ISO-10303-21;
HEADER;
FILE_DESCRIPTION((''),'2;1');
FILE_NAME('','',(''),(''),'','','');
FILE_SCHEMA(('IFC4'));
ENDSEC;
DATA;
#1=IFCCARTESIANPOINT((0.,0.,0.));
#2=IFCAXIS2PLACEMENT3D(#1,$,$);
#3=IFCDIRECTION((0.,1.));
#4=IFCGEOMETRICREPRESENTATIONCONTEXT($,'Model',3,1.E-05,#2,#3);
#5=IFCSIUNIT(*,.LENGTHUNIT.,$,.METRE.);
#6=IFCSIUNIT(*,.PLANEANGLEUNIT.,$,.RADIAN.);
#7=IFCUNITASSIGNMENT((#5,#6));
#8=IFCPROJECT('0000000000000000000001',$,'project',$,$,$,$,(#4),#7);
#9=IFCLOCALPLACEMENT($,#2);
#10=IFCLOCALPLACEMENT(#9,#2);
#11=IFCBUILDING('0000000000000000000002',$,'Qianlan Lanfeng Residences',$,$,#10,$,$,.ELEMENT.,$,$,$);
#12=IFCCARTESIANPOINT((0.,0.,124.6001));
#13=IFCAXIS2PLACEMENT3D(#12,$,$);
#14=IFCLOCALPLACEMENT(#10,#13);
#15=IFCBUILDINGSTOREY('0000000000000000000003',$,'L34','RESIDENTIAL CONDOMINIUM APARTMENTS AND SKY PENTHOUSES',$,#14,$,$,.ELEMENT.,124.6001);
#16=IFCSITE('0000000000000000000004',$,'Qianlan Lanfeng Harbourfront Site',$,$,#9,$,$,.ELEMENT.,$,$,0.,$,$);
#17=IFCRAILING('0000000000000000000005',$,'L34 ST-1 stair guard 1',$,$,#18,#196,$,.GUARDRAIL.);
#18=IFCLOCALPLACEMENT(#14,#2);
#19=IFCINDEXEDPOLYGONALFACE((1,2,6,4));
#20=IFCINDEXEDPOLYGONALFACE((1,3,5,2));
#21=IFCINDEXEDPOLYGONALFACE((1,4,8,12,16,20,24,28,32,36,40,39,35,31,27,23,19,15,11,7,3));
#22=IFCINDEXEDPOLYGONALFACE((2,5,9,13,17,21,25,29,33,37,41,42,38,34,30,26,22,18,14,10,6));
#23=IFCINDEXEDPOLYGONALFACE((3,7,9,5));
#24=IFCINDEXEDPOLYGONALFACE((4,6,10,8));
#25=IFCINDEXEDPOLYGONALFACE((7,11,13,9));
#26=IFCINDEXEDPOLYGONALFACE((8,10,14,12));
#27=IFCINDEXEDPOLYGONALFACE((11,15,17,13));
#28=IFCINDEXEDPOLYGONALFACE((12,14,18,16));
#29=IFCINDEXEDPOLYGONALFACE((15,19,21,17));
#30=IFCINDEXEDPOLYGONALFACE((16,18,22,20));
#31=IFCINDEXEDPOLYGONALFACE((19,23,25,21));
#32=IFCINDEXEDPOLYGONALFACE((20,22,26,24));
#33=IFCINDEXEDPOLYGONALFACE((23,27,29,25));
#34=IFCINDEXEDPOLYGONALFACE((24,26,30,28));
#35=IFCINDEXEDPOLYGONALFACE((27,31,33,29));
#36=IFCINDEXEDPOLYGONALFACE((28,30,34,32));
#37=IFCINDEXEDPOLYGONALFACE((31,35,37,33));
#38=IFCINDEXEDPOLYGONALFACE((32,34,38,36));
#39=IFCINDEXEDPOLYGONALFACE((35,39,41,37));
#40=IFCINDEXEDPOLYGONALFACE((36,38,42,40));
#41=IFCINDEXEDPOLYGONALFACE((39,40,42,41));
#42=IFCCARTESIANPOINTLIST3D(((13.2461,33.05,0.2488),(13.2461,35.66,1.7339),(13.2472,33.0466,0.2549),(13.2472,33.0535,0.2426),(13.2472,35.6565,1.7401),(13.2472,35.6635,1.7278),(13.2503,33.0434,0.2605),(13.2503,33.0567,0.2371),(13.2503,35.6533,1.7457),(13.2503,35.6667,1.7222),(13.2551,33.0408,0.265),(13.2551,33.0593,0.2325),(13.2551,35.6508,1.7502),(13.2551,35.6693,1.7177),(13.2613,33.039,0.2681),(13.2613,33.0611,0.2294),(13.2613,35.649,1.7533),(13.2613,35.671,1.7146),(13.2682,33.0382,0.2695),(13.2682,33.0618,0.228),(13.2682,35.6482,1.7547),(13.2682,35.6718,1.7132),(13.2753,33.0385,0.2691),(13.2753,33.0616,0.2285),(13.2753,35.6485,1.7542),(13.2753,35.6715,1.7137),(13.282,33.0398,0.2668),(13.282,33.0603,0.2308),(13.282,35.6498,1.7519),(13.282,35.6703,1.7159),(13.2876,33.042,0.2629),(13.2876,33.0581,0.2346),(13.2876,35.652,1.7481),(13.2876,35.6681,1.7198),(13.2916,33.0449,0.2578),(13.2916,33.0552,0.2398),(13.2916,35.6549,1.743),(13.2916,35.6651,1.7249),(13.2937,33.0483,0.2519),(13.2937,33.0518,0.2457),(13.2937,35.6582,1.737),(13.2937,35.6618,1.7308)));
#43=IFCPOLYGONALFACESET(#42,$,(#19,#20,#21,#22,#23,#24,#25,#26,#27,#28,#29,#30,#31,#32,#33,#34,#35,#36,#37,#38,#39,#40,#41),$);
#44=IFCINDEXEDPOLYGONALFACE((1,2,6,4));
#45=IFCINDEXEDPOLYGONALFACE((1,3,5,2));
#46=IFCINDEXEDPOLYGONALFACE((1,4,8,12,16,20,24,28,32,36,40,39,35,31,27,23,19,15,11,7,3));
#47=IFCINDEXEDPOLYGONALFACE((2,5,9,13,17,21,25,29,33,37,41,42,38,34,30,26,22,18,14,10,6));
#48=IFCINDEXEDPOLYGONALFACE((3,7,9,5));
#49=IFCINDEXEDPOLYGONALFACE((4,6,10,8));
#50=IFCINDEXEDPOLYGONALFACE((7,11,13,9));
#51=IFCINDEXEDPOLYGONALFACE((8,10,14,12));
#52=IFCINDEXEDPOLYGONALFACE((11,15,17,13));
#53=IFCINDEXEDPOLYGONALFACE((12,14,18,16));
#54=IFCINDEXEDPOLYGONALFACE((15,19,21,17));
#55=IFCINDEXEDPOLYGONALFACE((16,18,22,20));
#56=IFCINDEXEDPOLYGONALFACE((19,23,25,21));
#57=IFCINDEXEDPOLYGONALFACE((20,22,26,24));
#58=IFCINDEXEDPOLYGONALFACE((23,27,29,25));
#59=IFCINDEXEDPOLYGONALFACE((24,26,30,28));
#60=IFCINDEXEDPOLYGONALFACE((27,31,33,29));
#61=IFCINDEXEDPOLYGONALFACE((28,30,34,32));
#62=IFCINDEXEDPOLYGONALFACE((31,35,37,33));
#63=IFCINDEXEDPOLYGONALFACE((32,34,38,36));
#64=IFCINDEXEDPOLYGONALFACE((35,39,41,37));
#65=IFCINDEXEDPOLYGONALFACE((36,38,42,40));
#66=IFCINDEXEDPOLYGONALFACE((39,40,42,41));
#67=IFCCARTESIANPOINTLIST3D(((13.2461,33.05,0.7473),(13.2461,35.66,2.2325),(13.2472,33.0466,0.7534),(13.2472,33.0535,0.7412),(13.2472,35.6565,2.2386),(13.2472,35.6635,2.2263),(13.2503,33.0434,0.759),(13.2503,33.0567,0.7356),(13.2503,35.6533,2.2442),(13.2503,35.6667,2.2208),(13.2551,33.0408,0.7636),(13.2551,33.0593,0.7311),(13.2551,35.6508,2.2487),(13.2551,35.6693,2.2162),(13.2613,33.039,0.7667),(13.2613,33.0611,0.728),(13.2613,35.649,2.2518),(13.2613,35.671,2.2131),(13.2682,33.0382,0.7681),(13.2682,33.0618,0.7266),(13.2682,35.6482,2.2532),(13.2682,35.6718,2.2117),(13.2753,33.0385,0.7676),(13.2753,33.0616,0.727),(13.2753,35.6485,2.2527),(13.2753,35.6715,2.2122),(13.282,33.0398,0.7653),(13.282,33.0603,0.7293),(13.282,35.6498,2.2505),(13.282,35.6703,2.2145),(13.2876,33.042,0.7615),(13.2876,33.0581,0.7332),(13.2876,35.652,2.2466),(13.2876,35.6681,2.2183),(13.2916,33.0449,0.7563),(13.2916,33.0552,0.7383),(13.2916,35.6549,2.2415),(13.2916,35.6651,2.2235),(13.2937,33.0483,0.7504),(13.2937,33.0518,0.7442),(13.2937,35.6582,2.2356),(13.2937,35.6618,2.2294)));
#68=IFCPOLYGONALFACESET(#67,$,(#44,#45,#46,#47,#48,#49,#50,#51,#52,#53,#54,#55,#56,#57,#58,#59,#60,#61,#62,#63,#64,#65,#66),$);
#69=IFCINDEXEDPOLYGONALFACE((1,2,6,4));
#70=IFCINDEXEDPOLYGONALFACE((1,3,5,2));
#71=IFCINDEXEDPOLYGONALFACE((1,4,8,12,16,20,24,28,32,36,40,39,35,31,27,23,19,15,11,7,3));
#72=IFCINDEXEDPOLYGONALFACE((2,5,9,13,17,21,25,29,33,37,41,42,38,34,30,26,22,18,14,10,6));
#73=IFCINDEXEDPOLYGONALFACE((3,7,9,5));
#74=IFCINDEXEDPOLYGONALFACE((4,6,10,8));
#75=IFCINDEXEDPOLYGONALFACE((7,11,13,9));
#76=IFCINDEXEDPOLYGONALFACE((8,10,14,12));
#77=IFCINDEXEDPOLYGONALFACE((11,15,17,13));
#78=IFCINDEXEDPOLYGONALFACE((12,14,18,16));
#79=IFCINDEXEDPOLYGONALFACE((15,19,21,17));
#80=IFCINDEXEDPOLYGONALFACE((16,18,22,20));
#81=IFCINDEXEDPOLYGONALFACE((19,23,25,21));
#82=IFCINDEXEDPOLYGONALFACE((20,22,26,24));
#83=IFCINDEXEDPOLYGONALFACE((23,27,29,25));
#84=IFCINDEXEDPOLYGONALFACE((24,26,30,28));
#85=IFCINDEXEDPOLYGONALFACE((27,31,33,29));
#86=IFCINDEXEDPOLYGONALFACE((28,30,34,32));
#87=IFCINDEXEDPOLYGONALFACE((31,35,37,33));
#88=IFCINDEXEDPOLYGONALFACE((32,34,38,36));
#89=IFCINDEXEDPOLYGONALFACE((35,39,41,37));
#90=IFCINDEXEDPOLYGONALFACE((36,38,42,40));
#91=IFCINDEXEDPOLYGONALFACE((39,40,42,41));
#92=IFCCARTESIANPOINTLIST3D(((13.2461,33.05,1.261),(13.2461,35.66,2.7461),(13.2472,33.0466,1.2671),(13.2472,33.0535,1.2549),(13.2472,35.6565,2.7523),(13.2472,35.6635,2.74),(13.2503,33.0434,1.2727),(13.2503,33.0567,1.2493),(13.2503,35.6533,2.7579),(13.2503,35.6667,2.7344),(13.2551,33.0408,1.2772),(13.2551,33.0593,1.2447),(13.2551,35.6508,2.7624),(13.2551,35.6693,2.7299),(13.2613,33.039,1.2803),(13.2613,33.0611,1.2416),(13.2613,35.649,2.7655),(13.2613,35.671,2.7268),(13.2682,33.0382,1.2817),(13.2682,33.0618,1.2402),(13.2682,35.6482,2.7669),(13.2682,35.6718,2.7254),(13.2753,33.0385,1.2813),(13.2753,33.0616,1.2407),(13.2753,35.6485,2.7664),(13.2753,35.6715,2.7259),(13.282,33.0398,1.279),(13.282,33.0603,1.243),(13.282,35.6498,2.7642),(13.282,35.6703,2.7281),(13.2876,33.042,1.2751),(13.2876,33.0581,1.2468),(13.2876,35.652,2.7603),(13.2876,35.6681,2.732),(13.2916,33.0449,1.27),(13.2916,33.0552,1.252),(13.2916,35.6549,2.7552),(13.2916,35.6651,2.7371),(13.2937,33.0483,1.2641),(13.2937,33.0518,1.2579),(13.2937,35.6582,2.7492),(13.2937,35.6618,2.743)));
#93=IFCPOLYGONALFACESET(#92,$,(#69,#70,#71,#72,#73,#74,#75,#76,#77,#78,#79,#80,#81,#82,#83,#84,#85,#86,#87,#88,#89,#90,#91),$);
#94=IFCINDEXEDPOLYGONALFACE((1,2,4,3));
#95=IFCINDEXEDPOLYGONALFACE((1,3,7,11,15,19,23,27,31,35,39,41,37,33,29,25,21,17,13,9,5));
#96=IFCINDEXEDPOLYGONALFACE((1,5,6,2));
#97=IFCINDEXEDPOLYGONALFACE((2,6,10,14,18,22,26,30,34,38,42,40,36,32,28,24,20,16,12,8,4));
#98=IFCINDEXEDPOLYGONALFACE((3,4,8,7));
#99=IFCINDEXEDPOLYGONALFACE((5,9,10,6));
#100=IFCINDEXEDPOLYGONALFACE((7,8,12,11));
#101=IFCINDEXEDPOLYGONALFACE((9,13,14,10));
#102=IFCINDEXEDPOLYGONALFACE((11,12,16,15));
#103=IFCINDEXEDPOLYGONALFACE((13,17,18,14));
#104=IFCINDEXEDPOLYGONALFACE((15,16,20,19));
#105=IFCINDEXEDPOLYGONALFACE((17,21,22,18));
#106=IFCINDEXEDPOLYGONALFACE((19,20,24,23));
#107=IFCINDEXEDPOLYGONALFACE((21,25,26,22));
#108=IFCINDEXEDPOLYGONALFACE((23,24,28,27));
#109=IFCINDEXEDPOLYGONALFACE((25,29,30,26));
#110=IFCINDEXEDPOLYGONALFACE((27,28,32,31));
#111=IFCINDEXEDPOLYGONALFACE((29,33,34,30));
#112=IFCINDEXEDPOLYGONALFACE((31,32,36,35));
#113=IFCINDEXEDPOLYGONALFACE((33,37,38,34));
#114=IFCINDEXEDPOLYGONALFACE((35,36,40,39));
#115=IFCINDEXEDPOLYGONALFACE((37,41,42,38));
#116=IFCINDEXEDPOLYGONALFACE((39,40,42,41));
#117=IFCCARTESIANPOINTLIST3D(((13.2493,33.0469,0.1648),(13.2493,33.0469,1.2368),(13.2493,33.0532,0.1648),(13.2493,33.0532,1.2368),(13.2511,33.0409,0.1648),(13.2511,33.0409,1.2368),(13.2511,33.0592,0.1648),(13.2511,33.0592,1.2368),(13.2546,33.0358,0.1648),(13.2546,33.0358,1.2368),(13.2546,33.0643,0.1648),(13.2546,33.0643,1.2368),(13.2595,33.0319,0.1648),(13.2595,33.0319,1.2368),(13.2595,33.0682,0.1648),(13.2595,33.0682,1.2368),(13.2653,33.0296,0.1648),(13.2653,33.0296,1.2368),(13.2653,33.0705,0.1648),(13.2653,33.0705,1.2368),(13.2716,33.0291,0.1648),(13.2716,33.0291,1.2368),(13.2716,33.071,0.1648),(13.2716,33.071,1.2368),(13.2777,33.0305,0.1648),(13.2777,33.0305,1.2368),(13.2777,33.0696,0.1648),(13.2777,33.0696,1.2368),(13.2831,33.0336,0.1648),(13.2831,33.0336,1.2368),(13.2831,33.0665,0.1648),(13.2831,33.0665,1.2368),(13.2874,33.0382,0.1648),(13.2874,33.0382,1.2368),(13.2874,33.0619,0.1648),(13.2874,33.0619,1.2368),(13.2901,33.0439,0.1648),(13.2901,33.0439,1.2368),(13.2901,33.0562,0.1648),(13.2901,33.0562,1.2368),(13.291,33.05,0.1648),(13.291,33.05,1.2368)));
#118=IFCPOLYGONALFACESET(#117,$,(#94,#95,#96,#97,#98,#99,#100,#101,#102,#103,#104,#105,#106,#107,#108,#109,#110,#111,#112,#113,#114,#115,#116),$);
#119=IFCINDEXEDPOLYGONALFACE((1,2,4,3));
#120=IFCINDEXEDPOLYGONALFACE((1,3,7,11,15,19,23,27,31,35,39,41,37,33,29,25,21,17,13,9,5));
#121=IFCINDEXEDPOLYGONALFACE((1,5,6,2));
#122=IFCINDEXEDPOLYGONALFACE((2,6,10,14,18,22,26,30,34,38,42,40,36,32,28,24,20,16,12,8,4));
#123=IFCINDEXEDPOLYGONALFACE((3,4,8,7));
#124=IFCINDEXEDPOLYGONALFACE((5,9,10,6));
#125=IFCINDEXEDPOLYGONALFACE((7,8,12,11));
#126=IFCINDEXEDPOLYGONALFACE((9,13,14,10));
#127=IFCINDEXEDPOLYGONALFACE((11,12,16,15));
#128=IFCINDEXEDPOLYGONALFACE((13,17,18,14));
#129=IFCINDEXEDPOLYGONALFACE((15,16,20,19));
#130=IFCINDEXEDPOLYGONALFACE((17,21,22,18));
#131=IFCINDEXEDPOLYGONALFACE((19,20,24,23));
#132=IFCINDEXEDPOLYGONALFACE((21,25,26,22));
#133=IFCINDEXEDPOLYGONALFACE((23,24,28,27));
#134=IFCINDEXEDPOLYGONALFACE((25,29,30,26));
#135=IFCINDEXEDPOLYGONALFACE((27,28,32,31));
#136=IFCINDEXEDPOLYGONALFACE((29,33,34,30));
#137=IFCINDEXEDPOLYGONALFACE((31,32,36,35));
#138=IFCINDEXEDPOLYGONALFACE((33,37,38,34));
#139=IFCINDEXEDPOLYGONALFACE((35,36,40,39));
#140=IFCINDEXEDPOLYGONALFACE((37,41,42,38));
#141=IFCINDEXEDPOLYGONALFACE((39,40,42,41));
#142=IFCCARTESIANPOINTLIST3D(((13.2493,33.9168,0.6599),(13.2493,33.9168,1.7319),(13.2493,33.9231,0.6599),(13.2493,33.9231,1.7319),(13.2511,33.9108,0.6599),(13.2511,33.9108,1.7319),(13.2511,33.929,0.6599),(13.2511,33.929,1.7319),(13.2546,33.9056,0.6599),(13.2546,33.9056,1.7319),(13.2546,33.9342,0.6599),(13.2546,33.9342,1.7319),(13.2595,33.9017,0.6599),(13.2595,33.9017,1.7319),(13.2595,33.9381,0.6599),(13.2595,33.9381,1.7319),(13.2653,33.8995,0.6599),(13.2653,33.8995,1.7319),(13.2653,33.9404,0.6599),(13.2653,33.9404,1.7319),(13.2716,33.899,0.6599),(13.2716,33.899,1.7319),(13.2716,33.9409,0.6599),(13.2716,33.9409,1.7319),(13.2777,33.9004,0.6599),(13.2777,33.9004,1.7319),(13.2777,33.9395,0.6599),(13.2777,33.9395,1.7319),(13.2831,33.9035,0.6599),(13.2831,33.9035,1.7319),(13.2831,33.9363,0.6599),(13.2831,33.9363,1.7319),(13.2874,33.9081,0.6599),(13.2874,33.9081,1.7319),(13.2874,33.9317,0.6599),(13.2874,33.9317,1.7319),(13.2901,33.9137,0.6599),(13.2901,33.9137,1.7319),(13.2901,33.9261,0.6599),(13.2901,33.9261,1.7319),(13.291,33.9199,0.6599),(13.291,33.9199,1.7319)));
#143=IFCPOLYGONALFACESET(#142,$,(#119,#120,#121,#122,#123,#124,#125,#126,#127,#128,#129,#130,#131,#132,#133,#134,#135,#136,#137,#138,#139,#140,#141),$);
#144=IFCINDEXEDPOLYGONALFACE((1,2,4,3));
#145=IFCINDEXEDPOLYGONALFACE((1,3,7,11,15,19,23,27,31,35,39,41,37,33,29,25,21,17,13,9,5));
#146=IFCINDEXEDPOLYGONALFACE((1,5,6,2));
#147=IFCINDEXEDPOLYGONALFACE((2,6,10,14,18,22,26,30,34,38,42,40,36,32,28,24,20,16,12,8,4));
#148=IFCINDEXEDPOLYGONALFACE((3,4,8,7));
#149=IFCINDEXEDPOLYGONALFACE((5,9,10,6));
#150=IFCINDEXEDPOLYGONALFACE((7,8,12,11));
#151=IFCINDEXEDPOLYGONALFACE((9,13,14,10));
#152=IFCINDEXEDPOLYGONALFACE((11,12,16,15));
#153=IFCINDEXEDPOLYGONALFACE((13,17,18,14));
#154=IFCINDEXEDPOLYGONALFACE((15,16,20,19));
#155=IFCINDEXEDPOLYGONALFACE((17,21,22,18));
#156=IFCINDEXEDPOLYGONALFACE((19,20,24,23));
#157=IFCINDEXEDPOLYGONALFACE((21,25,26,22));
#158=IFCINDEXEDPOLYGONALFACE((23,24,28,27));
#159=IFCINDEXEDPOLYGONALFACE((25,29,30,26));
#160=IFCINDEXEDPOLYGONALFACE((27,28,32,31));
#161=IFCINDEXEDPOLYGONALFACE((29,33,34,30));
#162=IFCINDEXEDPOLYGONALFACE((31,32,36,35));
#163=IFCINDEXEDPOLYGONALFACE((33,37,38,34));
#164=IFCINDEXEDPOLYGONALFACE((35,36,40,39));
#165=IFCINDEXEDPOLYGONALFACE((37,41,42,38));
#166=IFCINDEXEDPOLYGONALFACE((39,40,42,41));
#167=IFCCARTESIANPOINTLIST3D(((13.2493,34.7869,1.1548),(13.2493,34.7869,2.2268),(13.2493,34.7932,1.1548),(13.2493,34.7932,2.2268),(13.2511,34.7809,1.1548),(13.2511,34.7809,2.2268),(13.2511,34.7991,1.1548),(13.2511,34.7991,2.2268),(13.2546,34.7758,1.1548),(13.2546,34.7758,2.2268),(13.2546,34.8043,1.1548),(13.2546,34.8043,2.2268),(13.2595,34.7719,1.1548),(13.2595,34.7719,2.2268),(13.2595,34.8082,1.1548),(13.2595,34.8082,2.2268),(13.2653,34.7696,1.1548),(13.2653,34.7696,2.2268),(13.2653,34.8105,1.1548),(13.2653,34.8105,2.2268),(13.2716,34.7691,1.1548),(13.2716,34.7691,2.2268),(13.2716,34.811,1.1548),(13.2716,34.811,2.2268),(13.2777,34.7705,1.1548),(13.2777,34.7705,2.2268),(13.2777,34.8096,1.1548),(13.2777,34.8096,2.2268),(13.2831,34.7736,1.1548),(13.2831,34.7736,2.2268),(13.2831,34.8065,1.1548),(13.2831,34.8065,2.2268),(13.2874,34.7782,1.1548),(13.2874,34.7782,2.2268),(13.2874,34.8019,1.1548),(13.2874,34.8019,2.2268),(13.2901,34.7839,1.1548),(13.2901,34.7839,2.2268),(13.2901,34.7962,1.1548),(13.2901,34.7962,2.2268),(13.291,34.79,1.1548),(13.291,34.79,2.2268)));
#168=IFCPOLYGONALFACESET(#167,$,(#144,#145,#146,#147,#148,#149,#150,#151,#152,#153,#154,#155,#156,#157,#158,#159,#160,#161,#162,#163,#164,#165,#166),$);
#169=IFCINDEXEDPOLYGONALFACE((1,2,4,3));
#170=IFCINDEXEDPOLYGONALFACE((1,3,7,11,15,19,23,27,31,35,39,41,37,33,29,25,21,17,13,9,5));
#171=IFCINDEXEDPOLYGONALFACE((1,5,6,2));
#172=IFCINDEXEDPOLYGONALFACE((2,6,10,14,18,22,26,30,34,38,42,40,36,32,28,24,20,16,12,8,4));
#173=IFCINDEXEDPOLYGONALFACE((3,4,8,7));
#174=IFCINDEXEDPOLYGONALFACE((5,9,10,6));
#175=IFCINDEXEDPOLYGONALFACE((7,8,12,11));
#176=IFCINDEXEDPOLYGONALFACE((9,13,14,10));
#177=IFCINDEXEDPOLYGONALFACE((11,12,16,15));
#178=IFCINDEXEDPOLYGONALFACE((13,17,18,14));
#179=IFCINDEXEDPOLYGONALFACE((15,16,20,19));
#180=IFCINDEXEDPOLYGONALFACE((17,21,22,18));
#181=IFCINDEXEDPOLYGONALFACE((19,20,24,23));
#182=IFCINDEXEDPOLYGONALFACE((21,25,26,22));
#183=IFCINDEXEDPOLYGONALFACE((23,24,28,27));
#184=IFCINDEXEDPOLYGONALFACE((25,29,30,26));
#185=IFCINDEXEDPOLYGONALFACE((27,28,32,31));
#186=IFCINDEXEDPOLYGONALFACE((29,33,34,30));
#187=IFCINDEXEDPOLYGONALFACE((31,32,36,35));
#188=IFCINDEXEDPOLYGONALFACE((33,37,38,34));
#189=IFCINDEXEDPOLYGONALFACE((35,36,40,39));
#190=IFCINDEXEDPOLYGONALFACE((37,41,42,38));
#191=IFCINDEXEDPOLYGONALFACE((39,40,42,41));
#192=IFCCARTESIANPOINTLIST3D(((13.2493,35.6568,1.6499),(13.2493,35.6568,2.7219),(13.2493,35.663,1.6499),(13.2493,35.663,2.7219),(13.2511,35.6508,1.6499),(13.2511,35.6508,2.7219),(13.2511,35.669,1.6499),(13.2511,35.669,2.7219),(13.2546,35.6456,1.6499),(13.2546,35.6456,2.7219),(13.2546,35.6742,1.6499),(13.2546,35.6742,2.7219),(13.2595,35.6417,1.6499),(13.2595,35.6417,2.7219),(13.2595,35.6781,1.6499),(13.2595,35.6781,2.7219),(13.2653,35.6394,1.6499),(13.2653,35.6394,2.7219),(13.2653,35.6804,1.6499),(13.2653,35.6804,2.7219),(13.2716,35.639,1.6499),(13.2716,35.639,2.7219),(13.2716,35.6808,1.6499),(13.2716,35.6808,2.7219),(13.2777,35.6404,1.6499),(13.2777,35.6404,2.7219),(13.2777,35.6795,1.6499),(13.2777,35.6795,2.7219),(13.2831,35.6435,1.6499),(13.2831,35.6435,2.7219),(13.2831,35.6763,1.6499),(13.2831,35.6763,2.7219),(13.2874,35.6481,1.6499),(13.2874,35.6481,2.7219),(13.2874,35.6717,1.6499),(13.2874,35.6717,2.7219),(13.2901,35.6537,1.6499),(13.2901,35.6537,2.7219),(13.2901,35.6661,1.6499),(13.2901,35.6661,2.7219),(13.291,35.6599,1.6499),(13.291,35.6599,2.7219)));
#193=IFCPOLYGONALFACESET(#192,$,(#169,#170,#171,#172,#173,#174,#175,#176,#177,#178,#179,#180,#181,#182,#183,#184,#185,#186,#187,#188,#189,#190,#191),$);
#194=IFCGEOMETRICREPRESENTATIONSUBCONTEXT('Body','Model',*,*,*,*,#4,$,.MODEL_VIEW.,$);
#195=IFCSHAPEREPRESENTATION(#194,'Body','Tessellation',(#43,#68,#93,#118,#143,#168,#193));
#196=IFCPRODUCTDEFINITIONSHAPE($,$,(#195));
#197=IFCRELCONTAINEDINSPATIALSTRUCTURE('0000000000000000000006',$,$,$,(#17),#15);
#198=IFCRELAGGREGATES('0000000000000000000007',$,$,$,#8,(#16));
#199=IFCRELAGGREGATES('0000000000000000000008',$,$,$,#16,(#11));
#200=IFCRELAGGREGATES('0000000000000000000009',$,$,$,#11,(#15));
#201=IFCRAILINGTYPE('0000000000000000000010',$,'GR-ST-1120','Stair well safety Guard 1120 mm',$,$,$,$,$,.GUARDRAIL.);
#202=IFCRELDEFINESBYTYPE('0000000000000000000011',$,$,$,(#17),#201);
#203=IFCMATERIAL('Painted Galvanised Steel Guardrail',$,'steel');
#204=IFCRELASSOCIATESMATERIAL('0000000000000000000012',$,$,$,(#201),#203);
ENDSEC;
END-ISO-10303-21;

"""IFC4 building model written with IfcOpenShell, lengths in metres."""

from ifc_helpers import new_model, si_unit, direction, frame, origin, origin_2d, place, context, subcontext, project, spatial, circle, extrude, material, type_object, element, save


model = new_model("IFC4")

# Units and contexts
model_context = context("Model", 3, precision=1e-05, world=origin(), true_north=direction((0.0, 1.0)))
body_context = subcontext(model_context, "Body", "Model", "MODEL_VIEW")
ifc_project = project(units=[si_unit("LENGTHUNIT", "METRE"), si_unit("PLANEANGLEUNIT", "RADIAN")], contexts=[model_context])

# Site, building, storey
site_placement = place(None, origin())
site = spatial("IfcSite", under=ifc_project, at=site_placement, Name="Qianlan Lanfeng Harbourfront Site", CompositionType="ELEMENT", RefElevation=0.0)
building_placement = place(site_placement, origin())
building = spatial("IfcBuilding", under=site, at=building_placement, Name="Qianlan Lanfeng Residences", CompositionType="ELEMENT")
storey_placement = place(building_placement, frame((0.0, 0.0, 124.6001)))
storey = spatial("IfcBuildingStorey", under=building, at=storey_placement, Name="L34", Description="RESIDENTIAL CONDOMINIUM APARTMENTS AND SKY PENTHOUSES", CompositionType="ELEMENT", Elevation=124.6001)

# Railing
ifc_material_1 = material(Name="Painted Galvanised Steel Guardrail", Category="steel")
railing_type_1 = type_object("IfcRailingType", Name="GR-ST-1120", Description="Stair well safety Guard 1120 mm", PredefinedType="GUARDRAIL", material=ifc_material_1)
railing_1_placement = place(storey_placement, frame((13.27, 33.05, 0.1648)))
element("IfcRailing", 1, at=railing_1_placement, inside=storey, type_object=railing_type_1, Name="L34 ST-1 stair guard 1", PredefinedType="GUARDRAIL", context=body_context, shape_type="SweptSolid", body=[
    extrude(circle(Radius=0.0239, at=origin_2d()), frame((0.0, 0.0, 0.084), z_axis=(0.0, 0.869137, 0.494571), x_axis=(-1.0, 0.0, 0.0)), (0.0, 0.0, 1.0), 3.0029),
    extrude(circle(Radius=0.0239, at=origin_2d()), frame((0.0, 0.0, 0.5825), z_axis=(0.0, 0.869137, 0.494571), x_axis=(-1.0, 0.0, 0.0)), (0.0, 0.0, 1.0), 3.0029),
    extrude(circle(Radius=0.0239, at=origin_2d()), frame((0.0, 0.0, 1.0962), z_axis=(0.0, 0.869137, 0.494571), x_axis=(-1.0, 0.0, 0.0)), (0.0, 0.0, 1.0), 3.0029),
    extrude(circle(Radius=0.021, at=origin_2d()), origin(), (0.0, 0.0, 1.0), 1.072),
    extrude(circle(Radius=0.021, at=origin_2d()), frame((0.0, 0.8699, 0.4951)), (0.0, 0.0, 1.0), 1.072),
    extrude(circle(Radius=0.021, at=origin_2d()), frame((0.0, 1.74, 0.99)), (0.0, 0.0, 1.0), 1.072),
    extrude(circle(Radius=0.021, at=origin_2d()), frame((0.0, 2.6099, 1.4851)), (0.0, 0.0, 1.0), 1.072),
])

save(model, "model.ifc")
